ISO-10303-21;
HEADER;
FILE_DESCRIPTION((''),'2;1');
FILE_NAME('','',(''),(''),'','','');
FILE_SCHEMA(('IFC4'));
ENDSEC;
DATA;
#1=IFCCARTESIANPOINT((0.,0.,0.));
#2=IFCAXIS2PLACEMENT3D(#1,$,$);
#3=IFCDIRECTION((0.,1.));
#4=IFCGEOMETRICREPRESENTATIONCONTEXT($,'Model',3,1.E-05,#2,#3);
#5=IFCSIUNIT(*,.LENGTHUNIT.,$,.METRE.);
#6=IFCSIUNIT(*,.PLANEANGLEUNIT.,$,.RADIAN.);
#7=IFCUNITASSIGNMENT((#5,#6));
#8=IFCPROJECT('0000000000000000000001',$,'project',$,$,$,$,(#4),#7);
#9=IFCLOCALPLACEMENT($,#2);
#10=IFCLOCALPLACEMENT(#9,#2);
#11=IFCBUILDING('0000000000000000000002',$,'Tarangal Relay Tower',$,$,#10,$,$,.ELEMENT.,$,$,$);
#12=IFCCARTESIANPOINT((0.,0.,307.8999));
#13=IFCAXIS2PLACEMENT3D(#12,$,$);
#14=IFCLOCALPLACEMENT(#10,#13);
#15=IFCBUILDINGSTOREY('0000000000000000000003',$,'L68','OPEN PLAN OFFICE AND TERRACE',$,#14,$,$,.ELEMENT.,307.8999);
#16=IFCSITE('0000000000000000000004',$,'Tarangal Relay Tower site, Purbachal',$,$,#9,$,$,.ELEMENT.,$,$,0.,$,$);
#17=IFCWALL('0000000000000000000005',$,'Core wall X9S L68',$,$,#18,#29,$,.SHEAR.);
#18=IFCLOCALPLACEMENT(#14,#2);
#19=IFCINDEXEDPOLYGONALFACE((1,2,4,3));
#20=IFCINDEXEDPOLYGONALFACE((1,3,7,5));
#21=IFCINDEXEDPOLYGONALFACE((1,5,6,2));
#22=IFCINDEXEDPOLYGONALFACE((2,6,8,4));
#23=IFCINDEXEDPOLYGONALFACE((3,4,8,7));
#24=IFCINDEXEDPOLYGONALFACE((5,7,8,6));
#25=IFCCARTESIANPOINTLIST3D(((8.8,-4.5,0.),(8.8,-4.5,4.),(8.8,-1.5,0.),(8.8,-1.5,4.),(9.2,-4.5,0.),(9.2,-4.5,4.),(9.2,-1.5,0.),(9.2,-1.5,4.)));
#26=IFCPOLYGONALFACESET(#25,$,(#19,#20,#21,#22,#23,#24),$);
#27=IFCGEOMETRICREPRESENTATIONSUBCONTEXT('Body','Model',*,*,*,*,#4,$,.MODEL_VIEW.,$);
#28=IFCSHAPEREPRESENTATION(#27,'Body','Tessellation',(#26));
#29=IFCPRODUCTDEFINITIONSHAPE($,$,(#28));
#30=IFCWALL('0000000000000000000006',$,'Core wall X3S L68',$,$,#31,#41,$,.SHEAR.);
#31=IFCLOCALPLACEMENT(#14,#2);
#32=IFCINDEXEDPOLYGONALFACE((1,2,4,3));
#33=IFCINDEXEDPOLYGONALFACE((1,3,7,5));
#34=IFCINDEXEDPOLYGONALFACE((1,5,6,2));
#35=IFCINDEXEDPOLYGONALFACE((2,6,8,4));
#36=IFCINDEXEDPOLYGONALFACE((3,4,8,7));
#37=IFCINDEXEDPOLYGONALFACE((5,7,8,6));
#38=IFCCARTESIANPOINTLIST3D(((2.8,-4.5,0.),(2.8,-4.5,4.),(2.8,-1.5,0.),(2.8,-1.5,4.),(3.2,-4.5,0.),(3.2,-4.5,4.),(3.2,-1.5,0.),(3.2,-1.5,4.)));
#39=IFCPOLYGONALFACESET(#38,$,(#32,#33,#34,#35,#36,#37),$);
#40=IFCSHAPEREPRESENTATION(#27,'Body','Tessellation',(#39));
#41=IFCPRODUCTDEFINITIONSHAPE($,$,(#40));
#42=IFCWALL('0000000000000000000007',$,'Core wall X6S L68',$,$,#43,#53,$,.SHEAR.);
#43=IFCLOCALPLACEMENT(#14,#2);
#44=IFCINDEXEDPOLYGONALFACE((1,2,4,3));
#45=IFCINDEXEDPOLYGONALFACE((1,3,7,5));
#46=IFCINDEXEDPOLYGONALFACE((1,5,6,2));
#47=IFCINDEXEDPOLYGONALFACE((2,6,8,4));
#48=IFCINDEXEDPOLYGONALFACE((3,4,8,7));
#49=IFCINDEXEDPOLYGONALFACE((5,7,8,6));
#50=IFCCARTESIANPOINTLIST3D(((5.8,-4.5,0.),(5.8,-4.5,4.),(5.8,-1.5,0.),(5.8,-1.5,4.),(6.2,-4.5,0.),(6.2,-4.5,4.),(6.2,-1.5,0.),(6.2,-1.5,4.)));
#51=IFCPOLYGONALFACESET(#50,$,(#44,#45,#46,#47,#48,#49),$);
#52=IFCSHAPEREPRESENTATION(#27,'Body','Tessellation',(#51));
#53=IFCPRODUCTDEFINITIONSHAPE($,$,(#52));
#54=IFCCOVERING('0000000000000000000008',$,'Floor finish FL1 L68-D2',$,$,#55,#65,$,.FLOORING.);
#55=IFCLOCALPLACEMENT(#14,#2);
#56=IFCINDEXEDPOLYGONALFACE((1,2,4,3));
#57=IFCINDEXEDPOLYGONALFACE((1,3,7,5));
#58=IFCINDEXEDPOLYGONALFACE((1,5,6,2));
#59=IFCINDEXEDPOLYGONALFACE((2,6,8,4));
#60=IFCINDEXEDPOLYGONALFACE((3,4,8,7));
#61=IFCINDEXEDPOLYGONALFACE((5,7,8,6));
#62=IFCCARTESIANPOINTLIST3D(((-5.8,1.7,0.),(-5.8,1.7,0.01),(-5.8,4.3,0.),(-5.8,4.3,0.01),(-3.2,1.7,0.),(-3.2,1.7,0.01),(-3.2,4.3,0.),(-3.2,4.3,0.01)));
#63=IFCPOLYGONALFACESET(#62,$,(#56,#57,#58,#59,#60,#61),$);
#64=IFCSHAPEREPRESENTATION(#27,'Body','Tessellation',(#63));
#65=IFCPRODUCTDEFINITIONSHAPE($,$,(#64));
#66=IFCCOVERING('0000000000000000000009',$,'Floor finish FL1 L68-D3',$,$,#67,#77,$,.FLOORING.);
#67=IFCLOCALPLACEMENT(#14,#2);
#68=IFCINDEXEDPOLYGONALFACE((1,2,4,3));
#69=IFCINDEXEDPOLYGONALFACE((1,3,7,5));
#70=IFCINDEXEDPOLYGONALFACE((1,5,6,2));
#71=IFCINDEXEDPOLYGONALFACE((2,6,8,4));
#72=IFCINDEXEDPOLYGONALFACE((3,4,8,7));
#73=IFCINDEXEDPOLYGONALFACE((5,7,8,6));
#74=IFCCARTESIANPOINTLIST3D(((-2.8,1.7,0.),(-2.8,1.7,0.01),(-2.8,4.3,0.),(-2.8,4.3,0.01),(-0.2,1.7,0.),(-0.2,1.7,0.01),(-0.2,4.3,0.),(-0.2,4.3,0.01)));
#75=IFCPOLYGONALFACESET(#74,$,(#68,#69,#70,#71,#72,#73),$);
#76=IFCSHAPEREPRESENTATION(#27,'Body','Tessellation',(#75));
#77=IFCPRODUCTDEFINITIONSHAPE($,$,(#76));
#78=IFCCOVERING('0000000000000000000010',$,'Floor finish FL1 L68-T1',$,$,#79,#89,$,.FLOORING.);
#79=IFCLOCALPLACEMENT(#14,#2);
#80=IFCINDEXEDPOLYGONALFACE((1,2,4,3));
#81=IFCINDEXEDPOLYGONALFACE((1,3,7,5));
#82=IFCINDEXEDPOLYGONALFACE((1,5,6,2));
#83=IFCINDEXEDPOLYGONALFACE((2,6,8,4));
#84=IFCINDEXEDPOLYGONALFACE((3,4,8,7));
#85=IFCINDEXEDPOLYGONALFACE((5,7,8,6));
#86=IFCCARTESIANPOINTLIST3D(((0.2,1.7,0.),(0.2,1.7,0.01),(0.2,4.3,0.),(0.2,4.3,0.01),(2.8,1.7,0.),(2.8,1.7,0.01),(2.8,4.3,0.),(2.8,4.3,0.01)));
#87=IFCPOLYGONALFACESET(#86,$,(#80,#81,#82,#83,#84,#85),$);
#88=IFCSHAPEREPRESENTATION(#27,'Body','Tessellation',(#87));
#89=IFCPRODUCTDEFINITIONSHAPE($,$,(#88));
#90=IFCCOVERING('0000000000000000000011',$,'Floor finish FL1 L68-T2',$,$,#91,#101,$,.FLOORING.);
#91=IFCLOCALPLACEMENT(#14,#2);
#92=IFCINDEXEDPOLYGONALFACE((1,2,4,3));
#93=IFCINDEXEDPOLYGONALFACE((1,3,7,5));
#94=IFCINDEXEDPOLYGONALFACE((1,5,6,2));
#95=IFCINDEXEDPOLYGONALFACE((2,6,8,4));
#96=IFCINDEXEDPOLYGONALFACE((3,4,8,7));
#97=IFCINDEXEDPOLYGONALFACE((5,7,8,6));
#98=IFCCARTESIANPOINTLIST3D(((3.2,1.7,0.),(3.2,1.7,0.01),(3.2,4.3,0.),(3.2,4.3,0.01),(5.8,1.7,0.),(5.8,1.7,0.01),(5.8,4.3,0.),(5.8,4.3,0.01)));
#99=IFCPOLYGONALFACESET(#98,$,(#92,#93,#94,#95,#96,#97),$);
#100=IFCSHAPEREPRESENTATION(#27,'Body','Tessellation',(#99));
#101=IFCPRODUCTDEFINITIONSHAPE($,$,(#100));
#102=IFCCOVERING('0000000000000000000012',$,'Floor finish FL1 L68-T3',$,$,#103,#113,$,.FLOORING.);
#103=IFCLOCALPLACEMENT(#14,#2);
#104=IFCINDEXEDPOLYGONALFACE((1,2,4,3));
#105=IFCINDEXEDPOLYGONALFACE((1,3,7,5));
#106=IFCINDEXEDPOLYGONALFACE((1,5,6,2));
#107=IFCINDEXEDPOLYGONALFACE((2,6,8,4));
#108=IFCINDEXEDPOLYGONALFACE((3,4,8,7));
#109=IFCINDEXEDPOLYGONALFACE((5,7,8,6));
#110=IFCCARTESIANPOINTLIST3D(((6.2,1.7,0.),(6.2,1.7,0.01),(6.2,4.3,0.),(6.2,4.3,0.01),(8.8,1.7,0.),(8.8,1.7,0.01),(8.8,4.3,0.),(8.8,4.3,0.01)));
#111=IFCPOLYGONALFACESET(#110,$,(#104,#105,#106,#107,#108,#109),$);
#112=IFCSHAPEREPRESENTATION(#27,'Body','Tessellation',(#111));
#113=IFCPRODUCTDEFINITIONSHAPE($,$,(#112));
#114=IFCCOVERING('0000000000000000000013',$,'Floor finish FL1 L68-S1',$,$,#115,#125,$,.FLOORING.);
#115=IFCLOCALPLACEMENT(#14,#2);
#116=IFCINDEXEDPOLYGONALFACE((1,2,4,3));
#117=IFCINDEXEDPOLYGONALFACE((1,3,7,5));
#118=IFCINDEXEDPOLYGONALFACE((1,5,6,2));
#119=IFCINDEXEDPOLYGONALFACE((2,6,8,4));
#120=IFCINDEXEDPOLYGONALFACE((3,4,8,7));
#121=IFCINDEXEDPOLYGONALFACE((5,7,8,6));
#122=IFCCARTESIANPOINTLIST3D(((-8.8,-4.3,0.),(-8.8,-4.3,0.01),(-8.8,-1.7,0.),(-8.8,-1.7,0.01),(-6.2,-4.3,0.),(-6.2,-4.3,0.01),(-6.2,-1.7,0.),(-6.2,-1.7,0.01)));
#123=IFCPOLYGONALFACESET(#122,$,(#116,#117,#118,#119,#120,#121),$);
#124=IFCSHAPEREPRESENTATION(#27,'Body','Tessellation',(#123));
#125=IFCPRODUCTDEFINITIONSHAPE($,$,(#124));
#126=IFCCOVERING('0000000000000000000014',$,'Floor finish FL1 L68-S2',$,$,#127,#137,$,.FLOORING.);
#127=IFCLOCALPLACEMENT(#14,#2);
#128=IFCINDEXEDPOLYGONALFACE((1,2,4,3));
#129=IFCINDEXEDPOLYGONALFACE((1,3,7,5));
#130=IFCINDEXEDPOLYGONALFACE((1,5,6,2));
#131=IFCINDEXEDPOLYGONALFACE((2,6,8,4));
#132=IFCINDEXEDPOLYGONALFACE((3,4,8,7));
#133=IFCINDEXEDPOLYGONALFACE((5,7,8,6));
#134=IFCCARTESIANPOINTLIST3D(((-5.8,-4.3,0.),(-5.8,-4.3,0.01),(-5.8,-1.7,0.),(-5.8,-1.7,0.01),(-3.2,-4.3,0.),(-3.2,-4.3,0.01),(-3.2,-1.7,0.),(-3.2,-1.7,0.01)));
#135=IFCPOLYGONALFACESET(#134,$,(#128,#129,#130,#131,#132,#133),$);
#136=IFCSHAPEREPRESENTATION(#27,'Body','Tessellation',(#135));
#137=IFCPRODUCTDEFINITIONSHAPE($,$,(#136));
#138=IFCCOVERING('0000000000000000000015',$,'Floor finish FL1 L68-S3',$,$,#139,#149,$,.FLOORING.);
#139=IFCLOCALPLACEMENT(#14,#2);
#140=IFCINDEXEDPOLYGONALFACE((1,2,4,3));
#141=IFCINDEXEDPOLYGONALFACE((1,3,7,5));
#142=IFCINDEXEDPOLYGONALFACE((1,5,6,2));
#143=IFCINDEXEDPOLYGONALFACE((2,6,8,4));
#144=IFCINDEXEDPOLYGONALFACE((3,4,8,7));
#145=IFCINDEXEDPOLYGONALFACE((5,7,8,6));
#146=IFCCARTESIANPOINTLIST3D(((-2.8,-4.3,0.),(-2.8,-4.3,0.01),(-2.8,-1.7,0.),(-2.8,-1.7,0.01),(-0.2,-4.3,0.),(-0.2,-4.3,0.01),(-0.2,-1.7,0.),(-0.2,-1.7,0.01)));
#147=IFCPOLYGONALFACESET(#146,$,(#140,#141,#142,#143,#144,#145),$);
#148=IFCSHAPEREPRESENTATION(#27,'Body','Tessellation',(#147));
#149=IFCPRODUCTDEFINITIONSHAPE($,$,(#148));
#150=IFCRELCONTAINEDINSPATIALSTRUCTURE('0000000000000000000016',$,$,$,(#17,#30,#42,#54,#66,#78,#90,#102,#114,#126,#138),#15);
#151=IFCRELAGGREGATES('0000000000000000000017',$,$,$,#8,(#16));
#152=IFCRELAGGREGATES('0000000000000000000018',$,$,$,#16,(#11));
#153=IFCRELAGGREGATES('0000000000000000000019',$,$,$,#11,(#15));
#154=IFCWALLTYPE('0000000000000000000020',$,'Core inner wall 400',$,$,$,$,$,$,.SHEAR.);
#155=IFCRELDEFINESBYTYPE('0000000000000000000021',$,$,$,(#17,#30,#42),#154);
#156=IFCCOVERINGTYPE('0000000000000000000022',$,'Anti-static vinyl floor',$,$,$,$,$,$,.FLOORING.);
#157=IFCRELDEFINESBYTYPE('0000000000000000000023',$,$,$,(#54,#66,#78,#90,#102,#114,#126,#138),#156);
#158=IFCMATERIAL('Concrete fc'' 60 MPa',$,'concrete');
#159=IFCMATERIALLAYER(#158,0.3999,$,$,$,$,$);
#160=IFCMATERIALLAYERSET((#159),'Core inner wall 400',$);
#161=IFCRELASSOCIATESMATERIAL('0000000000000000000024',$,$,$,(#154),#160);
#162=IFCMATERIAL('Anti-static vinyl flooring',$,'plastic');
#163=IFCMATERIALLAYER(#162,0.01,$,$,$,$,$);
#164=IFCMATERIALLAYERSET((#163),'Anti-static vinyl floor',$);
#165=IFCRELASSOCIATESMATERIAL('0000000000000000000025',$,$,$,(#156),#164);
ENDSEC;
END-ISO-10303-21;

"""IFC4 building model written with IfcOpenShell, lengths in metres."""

from ifc_helpers import new_model, si_unit, direction, frame, frame_2d, origin, place, context, subcontext, project, spatial, polyline, rectangle, outline, extrude, material, layer, layer_set, type_object, element, save


model = new_model("IFC4")

# Units and contexts
model_context = context("Model", 3, precision=1e-05, world=origin(), true_north=direction((0.0, 1.0)))
body_context = subcontext(model_context, "Body", "Model", "MODEL_VIEW")
ifc_project = project(units=[si_unit("LENGTHUNIT", "METRE"), si_unit("PLANEANGLEUNIT", "RADIAN")], contexts=[model_context])

# Site, building, storey
site_placement = place(None, origin())
site = spatial("IfcSite", under=ifc_project, at=site_placement, Name="Tarangal Relay Tower site, Purbachal", CompositionType="ELEMENT", RefElevation=0.0)
building_placement = place(site_placement, origin())
building = spatial("IfcBuilding", under=site, at=building_placement, Name="Tarangal Relay Tower", CompositionType="ELEMENT")
storey_placement = place(building_placement, frame((0.0, 0.0, 307.8999)))
storey = spatial("IfcBuildingStorey", under=building, at=storey_placement, Name="L68", Description="OPEN PLAN OFFICE AND TERRACE", CompositionType="ELEMENT", Elevation=307.8999)

# Walls
ifc_material_1 = material(Name="Concrete fc' 60 MPa", Category="concrete")
ifc_layer_1 = layer(ifc_material_1, 0.3999)
ifc_layer_set_1 = layer_set([ifc_layer_1], Name="Core inner wall 400")
wall_type = type_object("IfcWallType", Name="Core inner wall 400", PredefinedType="SHEAR", material=ifc_layer_set_1)
for number, where, z_axis, x_axis, name in (
    (1, (9.0, -4.5, 0.0), (0.0, 0.0, 1.0), (0.0, 1.0, 0.0), "Core wall X9S L68"),
    (2, (3.0, -4.5, 0.0), (0.0, 0.0, 1.0), (0.0, 1.0, 0.0), "Core wall X3S L68"),
    (3, (6.0, -4.5, 0.0), (0.0, 0.0, 1.0), (0.0, 1.0, 0.0), "Core wall X6S L68"),
):
    element("IfcWall", number, at=place(storey_placement, frame(where, z_axis=z_axis, x_axis=x_axis)), inside=storey, type_object=wall_type, Name=name, PredefinedType="SHEAR", context=body_context, shape_type="SweptSolid", body=[
        extrude(rectangle(XDim=3.0, YDim=0.3999, at=frame_2d((1.5, 0.0))), origin(), (0.0, 0.0, 1.0), 4.0),
    ])

# Coverings
ifc_material_2 = material(Name="Anti-static vinyl flooring", Category="plastic")
ifc_layer_2 = layer(ifc_material_2, 0.01)
ifc_layer_set_2 = layer_set([ifc_layer_2], Name="Anti-static vinyl floor")
covering_type_1 = type_object("IfcCoveringType", Name="Anti-static vinyl floor", PredefinedType="FLOORING", material=ifc_layer_set_2)
covering_1_placement = place(storey_placement, origin())
element("IfcCovering", 4, at=covering_1_placement, inside=storey, type_object=covering_type_1, Name="Floor finish FL1 L68-D2", PredefinedType="FLOORING", context=body_context, shape_type="SweptSolid", body=[
    extrude(outline(polyline([(-5.8, 1.7), (-3.2, 1.7), (-3.2, 4.3), (-5.8, 4.3), (-5.8, 1.7)])), origin(), (0.0, 0.0, 1.0), 0.01),
])
covering_2_placement = place(storey_placement, origin())
element("IfcCovering", 5, at=covering_2_placement, inside=storey, type_object=covering_type_1, Name="Floor finish FL1 L68-D3", PredefinedType="FLOORING", context=body_context, shape_type="SweptSolid", body=[
    extrude(outline(polyline([(-2.8, 1.7), (-0.2, 1.7), (-0.2, 4.3), (-2.8, 4.3), (-2.8, 1.7)])), origin(), (0.0, 0.0, 1.0), 0.01),
])
covering_3_placement = place(storey_placement, origin())
element("IfcCovering", 6, at=covering_3_placement, inside=storey, type_object=covering_type_1, Name="Floor finish FL1 L68-T1", PredefinedType="FLOORING", context=body_context, shape_type="SweptSolid", body=[
    extrude(outline(polyline([(0.2, 1.7), (2.8, 1.7), (2.8, 4.3), (0.2, 4.3), (0.2, 1.7)])), origin(), (0.0, 0.0, 1.0), 0.01),
])
covering_4_placement = place(storey_placement, origin())
element("IfcCovering", 7, at=covering_4_placement, inside=storey, type_object=covering_type_1, Name="Floor finish FL1 L68-T2", PredefinedType="FLOORING", context=body_context, shape_type="SweptSolid", body=[
    extrude(outline(polyline([(3.2, 1.7), (5.8, 1.7), (5.8, 4.3), (3.2, 4.3), (3.2, 1.7)])), origin(), (0.0, 0.0, 1.0), 0.01),
])
covering_5_placement = place(storey_placement, origin())
element("IfcCovering", 8, at=covering_5_placement, inside=storey, type_object=covering_type_1, Name="Floor finish FL1 L68-T3", PredefinedType="FLOORING", context=body_context, shape_type="SweptSolid", body=[
    extrude(outline(polyline([(6.2, 1.7), (8.8, 1.7), (8.8, 4.3), (6.2, 4.3), (6.2, 1.7)])), origin(), (0.0, 0.0, 1.0), 0.01),
])
covering_6_placement = place(storey_placement, origin())
element("IfcCovering", 9, at=covering_6_placement, inside=storey, type_object=covering_type_1, Name="Floor finish FL1 L68-S1", PredefinedType="FLOORING", context=body_context, shape_type="SweptSolid", body=[
    extrude(outline(polyline([(-8.8, -4.3), (-6.2, -4.3), (-6.2, -1.7), (-8.8, -1.7), (-8.8, -4.3)])), origin(), (0.0, 0.0, 1.0), 0.01),
])
covering_7_placement = place(storey_placement, origin())
element("IfcCovering", 10, at=covering_7_placement, inside=storey, type_object=covering_type_1, Name="Floor finish FL1 L68-S2", PredefinedType="FLOORING", context=body_context, shape_type="SweptSolid", body=[
    extrude(outline(polyline([(-5.8, -4.3), (-3.2, -4.3), (-3.2, -1.7), (-5.8, -1.7), (-5.8, -4.3)])), origin(), (0.0, 0.0, 1.0), 0.01),
])
covering_8_placement = place(storey_placement, origin())
element("IfcCovering", 11, at=covering_8_placement, inside=storey, type_object=covering_type_1, Name="Floor finish FL1 L68-S3", PredefinedType="FLOORING", context=body_context, shape_type="SweptSolid", body=[
    extrude(outline(polyline([(-2.8, -4.3), (-0.2, -4.3), (-0.2, -1.7), (-2.8, -1.7), (-2.8, -4.3)])), origin(), (0.0, 0.0, 1.0), 0.01),
])

save(model, "model.ifc")
